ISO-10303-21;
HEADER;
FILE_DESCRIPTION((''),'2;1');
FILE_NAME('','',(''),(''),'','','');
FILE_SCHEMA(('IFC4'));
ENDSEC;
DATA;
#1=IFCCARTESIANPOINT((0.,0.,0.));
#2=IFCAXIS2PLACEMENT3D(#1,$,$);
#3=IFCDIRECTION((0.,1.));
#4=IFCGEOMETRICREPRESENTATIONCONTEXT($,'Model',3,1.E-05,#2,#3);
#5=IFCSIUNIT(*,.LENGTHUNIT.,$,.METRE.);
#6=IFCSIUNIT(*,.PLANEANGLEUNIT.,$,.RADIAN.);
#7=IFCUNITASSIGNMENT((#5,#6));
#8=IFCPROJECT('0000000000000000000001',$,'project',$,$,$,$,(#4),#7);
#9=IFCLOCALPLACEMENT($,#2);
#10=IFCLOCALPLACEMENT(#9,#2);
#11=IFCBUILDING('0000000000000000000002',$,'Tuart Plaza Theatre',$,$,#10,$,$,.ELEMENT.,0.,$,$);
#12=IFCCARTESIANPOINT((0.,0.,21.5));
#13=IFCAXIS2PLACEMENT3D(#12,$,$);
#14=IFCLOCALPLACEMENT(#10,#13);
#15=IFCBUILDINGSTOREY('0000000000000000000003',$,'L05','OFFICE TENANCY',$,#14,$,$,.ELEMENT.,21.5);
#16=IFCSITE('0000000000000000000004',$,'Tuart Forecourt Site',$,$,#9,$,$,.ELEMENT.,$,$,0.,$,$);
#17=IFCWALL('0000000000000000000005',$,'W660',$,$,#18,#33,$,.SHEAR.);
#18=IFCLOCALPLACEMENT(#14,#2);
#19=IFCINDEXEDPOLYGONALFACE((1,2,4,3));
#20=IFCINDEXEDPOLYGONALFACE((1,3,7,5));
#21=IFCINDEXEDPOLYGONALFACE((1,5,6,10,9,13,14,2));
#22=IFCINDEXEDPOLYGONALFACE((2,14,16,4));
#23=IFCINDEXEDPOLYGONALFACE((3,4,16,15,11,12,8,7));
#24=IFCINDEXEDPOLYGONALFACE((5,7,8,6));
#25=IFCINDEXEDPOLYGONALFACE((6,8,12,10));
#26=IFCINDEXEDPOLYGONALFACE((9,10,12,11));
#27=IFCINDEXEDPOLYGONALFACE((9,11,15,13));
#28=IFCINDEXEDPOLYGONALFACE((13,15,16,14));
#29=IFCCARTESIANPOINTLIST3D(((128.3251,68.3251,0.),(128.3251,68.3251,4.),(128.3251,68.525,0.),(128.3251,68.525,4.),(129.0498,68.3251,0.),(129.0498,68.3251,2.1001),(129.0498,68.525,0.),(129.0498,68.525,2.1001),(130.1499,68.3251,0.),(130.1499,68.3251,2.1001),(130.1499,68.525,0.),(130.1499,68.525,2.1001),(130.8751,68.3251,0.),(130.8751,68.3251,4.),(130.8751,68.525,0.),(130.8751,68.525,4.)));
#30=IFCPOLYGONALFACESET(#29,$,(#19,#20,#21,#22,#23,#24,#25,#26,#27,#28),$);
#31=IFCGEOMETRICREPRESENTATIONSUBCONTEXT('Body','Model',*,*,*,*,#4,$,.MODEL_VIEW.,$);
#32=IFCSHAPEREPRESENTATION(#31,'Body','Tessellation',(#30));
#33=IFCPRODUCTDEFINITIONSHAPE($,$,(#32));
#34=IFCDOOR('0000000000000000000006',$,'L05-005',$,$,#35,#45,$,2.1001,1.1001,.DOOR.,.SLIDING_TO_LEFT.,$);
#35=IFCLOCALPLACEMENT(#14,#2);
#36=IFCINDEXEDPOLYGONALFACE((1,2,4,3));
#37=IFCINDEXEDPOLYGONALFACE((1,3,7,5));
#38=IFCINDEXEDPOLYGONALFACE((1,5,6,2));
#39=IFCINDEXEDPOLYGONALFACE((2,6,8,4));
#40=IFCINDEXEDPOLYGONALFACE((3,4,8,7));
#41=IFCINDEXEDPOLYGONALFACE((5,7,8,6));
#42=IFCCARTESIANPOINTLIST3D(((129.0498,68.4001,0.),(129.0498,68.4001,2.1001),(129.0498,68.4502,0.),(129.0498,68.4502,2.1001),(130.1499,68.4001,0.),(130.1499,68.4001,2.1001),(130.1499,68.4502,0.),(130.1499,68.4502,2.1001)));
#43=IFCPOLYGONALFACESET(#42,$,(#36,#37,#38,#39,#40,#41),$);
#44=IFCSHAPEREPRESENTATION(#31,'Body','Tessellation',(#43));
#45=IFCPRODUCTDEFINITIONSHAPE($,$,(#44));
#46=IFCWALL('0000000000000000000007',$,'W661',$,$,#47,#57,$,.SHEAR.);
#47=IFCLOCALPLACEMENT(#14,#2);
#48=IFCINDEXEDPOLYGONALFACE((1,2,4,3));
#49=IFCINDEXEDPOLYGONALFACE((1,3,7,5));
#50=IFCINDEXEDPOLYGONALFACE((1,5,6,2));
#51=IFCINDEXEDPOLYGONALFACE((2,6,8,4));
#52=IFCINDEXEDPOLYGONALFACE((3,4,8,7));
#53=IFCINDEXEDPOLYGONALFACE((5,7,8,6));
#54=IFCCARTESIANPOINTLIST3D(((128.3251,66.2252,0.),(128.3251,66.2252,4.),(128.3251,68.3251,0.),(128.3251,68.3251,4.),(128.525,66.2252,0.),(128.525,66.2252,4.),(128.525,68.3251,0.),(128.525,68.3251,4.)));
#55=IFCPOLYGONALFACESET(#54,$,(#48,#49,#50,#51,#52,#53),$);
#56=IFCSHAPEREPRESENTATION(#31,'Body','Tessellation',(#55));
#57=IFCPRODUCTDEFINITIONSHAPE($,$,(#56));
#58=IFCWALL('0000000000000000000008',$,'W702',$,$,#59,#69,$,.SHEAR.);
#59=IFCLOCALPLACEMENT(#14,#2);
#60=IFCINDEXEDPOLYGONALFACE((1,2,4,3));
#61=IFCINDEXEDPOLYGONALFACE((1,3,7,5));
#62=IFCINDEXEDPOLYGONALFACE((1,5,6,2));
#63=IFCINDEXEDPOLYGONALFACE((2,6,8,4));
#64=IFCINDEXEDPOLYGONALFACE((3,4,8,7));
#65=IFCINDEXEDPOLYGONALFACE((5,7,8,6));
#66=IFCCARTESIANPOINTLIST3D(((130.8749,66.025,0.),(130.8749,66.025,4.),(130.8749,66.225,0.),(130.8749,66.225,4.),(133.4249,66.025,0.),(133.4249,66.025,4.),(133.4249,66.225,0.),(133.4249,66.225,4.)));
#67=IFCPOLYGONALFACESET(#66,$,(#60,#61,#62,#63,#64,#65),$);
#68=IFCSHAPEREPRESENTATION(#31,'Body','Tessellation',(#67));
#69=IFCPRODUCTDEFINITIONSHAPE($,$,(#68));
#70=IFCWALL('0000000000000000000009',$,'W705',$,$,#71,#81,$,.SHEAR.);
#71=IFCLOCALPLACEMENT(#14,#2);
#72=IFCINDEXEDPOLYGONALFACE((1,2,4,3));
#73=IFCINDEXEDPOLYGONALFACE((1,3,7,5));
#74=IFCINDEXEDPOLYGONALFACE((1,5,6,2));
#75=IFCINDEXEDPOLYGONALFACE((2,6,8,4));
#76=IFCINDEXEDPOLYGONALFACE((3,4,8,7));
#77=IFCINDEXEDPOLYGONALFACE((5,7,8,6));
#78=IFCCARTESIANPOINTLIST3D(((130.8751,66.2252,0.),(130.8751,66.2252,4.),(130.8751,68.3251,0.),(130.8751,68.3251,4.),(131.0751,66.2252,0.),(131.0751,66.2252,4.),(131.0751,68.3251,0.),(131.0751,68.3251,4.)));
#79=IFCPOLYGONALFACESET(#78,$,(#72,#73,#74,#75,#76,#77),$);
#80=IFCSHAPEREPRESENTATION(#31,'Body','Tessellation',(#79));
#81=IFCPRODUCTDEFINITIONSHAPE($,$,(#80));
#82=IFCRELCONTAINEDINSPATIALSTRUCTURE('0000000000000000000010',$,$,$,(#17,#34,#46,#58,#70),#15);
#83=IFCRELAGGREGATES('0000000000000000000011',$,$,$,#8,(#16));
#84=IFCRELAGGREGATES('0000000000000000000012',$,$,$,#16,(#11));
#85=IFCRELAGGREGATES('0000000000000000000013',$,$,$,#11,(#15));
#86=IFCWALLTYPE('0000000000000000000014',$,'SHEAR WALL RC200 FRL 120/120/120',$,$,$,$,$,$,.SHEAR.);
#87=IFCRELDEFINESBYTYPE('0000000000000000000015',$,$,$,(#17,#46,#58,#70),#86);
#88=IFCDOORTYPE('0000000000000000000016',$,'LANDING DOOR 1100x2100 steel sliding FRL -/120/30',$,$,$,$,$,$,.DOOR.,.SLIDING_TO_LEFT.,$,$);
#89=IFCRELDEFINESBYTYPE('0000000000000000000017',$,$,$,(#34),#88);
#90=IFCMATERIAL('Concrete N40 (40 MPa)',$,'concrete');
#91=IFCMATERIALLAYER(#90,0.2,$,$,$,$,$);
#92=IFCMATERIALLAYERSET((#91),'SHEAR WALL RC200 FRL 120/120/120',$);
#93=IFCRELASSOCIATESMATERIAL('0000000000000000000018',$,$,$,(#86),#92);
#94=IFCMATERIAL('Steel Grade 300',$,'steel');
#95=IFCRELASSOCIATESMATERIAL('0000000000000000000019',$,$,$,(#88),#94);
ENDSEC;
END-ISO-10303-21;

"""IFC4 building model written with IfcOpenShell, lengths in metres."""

from ifc_helpers import new_model, si_unit, direction, frame, frame_2d, origin, place, context, subcontext, project, spatial, rectangle, extrude, material, layer, layer_set, type_object, element, fill, save


model = new_model("IFC4")

# Units and contexts
model_context = context("Model", 3, precision=1e-05, world=origin(), true_north=direction((0.0, 1.0)))
body_context = subcontext(model_context, "Body", "Model", "MODEL_VIEW")
ifc_project = project(units=[si_unit("LENGTHUNIT", "METRE"), si_unit("PLANEANGLEUNIT", "RADIAN")], contexts=[model_context])

# Site, building, storey
site_placement = place(None, origin())
site = spatial("IfcSite", under=ifc_project, at=site_placement, Name="Tuart Forecourt Site", CompositionType="ELEMENT", RefElevation=0.0)
building_placement = place(site_placement, origin())
building = spatial("IfcBuilding", under=site, at=building_placement, Name="Tuart Plaza Theatre", CompositionType="ELEMENT", ElevationOfRefHeight=0.0)
storey_placement = place(building_placement, frame((0.0, 0.0, 21.5)))
storey = spatial("IfcBuildingStorey", under=building, at=storey_placement, Name="L05", Description="OFFICE TENANCY", CompositionType="ELEMENT", Elevation=21.5)

# Shared definitions
ifc_material_1 = material(Name="Concrete N40 (40 MPa)", Category="concrete")
ifc_layer_1 = layer(ifc_material_1, 0.2)
ifc_layer_set_1 = layer_set([ifc_layer_1], Name="SHEAR WALL RC200 FRL 120/120/120")
wall_type_1 = type_object("IfcWallType", Name="SHEAR WALL RC200 FRL 120/120/120", PredefinedType="SHEAR", material=ifc_layer_set_1)

# Shared definitions
ifc_material_2 = material(Name="Steel Grade 300", Category="steel")
door_type = type_object("IfcDoorType", Name="LANDING DOOR 1100x2100 steel sliding FRL -/120/30", OperationType="SLIDING_TO_LEFT", PredefinedType="DOOR", material=ifc_material_2)

# Wall, opening, door
wall_1_placement = place(storey_placement, frame((130.875, 68.425, 0.0), z_axis=(0.0, 0.0, 1.0), x_axis=(-1.0, 0.0, 0.0)))
wall_1 = element("IfcWall", 1, at=wall_1_placement, inside=storey, type_object=wall_type_1, Name="W660", PredefinedType="SHEAR", context=body_context, shape_type="SweptSolid", body=[
    extrude(rectangle(XDim=2.55, YDim=0.2, at=frame_2d((1.2749, 0.0))), origin(), (0.0, 0.0, 1.0), 4.0),
])
opening_1_placement = place(wall_1_placement, frame((0.7251, 0.0, 0.0)))
opening_1 = element("IfcOpeningElement", 2, at=opening_1_placement, cuts=wall_1, PredefinedType="OPENING", context=body_context, shape_type="SweptSolid", body=[
    extrude(rectangle(XDim=1.1001, YDim=2.1001, at=frame_2d((0.55, 1.05))), frame((0.0, 0.1099, 0.0), z_axis=(0.0, -1.0, 0.0), x_axis=(1.0, 0.0, 0.0)), (0.0, 0.0, 1.0), 0.22),
])
door_1_placement = place(opening_1_placement, origin())
door_1 = element("IfcDoor", 3, at=door_1_placement, inside=storey, type_object=door_type, Name="L05-005", OperationType="SLIDING_TO_LEFT", OverallHeight=2.1001, OverallWidth=1.1001, PredefinedType="DOOR", context=body_context, shape_type="SweptSolid", body=[
    extrude(rectangle(XDim=1.1001, YDim=2.1001, at=frame_2d((0.55, 1.05))), frame((0.0, 0.0249, 0.0), z_axis=(0.0, -1.0, 0.0), x_axis=(1.0, 0.0, 0.0)), (0.0, 0.0, 1.0), 0.05),
])
fill(opening_1, door_1)

# Walls
wall_2_placement = place(storey_placement, frame((128.425, 68.325, 0.0), z_axis=(0.0, 0.0, 1.0), x_axis=(0.0, -1.0, 0.0)))
element("IfcWall", 4, at=wall_2_placement, inside=storey, type_object=wall_type_1, Name="W661", PredefinedType="SHEAR", context=body_context, shape_type="SweptSolid", body=[
    extrude(rectangle(XDim=2.0999, YDim=0.2, at=frame_2d((1.0498, 0.0))), origin(), (0.0, 0.0, 1.0), 4.0),
])
wall_3_placement = place(storey_placement, frame((130.875, 66.125, 0.0), z_axis=(0.0, 0.0, 1.0), x_axis=(1.0, 0.0, 0.0)))
element("IfcWall", 5, at=wall_3_placement, inside=storey, type_object=wall_type_1, Name="W702", PredefinedType="SHEAR", context=body_context, shape_type="SweptSolid", body=[
    extrude(rectangle(XDim=2.55, YDim=0.2, at=frame_2d((1.2749, 0.0))), origin(), (0.0, 0.0, 1.0), 4.0),
])
wall_4_placement = place(storey_placement, frame((130.9751, 68.325, 0.0), z_axis=(0.0, 0.0, 1.0), x_axis=(0.0, -1.0, 0.0)))
element("IfcWall", 6, at=wall_4_placement, inside=storey, type_object=wall_type_1, Name="W705", PredefinedType="SHEAR", context=body_context, shape_type="SweptSolid", body=[
    extrude(rectangle(XDim=2.0999, YDim=0.2, at=frame_2d((1.0498, 0.0))), origin(), (0.0, 0.0, 1.0), 4.0),
])

save(model, "model.ifc")
